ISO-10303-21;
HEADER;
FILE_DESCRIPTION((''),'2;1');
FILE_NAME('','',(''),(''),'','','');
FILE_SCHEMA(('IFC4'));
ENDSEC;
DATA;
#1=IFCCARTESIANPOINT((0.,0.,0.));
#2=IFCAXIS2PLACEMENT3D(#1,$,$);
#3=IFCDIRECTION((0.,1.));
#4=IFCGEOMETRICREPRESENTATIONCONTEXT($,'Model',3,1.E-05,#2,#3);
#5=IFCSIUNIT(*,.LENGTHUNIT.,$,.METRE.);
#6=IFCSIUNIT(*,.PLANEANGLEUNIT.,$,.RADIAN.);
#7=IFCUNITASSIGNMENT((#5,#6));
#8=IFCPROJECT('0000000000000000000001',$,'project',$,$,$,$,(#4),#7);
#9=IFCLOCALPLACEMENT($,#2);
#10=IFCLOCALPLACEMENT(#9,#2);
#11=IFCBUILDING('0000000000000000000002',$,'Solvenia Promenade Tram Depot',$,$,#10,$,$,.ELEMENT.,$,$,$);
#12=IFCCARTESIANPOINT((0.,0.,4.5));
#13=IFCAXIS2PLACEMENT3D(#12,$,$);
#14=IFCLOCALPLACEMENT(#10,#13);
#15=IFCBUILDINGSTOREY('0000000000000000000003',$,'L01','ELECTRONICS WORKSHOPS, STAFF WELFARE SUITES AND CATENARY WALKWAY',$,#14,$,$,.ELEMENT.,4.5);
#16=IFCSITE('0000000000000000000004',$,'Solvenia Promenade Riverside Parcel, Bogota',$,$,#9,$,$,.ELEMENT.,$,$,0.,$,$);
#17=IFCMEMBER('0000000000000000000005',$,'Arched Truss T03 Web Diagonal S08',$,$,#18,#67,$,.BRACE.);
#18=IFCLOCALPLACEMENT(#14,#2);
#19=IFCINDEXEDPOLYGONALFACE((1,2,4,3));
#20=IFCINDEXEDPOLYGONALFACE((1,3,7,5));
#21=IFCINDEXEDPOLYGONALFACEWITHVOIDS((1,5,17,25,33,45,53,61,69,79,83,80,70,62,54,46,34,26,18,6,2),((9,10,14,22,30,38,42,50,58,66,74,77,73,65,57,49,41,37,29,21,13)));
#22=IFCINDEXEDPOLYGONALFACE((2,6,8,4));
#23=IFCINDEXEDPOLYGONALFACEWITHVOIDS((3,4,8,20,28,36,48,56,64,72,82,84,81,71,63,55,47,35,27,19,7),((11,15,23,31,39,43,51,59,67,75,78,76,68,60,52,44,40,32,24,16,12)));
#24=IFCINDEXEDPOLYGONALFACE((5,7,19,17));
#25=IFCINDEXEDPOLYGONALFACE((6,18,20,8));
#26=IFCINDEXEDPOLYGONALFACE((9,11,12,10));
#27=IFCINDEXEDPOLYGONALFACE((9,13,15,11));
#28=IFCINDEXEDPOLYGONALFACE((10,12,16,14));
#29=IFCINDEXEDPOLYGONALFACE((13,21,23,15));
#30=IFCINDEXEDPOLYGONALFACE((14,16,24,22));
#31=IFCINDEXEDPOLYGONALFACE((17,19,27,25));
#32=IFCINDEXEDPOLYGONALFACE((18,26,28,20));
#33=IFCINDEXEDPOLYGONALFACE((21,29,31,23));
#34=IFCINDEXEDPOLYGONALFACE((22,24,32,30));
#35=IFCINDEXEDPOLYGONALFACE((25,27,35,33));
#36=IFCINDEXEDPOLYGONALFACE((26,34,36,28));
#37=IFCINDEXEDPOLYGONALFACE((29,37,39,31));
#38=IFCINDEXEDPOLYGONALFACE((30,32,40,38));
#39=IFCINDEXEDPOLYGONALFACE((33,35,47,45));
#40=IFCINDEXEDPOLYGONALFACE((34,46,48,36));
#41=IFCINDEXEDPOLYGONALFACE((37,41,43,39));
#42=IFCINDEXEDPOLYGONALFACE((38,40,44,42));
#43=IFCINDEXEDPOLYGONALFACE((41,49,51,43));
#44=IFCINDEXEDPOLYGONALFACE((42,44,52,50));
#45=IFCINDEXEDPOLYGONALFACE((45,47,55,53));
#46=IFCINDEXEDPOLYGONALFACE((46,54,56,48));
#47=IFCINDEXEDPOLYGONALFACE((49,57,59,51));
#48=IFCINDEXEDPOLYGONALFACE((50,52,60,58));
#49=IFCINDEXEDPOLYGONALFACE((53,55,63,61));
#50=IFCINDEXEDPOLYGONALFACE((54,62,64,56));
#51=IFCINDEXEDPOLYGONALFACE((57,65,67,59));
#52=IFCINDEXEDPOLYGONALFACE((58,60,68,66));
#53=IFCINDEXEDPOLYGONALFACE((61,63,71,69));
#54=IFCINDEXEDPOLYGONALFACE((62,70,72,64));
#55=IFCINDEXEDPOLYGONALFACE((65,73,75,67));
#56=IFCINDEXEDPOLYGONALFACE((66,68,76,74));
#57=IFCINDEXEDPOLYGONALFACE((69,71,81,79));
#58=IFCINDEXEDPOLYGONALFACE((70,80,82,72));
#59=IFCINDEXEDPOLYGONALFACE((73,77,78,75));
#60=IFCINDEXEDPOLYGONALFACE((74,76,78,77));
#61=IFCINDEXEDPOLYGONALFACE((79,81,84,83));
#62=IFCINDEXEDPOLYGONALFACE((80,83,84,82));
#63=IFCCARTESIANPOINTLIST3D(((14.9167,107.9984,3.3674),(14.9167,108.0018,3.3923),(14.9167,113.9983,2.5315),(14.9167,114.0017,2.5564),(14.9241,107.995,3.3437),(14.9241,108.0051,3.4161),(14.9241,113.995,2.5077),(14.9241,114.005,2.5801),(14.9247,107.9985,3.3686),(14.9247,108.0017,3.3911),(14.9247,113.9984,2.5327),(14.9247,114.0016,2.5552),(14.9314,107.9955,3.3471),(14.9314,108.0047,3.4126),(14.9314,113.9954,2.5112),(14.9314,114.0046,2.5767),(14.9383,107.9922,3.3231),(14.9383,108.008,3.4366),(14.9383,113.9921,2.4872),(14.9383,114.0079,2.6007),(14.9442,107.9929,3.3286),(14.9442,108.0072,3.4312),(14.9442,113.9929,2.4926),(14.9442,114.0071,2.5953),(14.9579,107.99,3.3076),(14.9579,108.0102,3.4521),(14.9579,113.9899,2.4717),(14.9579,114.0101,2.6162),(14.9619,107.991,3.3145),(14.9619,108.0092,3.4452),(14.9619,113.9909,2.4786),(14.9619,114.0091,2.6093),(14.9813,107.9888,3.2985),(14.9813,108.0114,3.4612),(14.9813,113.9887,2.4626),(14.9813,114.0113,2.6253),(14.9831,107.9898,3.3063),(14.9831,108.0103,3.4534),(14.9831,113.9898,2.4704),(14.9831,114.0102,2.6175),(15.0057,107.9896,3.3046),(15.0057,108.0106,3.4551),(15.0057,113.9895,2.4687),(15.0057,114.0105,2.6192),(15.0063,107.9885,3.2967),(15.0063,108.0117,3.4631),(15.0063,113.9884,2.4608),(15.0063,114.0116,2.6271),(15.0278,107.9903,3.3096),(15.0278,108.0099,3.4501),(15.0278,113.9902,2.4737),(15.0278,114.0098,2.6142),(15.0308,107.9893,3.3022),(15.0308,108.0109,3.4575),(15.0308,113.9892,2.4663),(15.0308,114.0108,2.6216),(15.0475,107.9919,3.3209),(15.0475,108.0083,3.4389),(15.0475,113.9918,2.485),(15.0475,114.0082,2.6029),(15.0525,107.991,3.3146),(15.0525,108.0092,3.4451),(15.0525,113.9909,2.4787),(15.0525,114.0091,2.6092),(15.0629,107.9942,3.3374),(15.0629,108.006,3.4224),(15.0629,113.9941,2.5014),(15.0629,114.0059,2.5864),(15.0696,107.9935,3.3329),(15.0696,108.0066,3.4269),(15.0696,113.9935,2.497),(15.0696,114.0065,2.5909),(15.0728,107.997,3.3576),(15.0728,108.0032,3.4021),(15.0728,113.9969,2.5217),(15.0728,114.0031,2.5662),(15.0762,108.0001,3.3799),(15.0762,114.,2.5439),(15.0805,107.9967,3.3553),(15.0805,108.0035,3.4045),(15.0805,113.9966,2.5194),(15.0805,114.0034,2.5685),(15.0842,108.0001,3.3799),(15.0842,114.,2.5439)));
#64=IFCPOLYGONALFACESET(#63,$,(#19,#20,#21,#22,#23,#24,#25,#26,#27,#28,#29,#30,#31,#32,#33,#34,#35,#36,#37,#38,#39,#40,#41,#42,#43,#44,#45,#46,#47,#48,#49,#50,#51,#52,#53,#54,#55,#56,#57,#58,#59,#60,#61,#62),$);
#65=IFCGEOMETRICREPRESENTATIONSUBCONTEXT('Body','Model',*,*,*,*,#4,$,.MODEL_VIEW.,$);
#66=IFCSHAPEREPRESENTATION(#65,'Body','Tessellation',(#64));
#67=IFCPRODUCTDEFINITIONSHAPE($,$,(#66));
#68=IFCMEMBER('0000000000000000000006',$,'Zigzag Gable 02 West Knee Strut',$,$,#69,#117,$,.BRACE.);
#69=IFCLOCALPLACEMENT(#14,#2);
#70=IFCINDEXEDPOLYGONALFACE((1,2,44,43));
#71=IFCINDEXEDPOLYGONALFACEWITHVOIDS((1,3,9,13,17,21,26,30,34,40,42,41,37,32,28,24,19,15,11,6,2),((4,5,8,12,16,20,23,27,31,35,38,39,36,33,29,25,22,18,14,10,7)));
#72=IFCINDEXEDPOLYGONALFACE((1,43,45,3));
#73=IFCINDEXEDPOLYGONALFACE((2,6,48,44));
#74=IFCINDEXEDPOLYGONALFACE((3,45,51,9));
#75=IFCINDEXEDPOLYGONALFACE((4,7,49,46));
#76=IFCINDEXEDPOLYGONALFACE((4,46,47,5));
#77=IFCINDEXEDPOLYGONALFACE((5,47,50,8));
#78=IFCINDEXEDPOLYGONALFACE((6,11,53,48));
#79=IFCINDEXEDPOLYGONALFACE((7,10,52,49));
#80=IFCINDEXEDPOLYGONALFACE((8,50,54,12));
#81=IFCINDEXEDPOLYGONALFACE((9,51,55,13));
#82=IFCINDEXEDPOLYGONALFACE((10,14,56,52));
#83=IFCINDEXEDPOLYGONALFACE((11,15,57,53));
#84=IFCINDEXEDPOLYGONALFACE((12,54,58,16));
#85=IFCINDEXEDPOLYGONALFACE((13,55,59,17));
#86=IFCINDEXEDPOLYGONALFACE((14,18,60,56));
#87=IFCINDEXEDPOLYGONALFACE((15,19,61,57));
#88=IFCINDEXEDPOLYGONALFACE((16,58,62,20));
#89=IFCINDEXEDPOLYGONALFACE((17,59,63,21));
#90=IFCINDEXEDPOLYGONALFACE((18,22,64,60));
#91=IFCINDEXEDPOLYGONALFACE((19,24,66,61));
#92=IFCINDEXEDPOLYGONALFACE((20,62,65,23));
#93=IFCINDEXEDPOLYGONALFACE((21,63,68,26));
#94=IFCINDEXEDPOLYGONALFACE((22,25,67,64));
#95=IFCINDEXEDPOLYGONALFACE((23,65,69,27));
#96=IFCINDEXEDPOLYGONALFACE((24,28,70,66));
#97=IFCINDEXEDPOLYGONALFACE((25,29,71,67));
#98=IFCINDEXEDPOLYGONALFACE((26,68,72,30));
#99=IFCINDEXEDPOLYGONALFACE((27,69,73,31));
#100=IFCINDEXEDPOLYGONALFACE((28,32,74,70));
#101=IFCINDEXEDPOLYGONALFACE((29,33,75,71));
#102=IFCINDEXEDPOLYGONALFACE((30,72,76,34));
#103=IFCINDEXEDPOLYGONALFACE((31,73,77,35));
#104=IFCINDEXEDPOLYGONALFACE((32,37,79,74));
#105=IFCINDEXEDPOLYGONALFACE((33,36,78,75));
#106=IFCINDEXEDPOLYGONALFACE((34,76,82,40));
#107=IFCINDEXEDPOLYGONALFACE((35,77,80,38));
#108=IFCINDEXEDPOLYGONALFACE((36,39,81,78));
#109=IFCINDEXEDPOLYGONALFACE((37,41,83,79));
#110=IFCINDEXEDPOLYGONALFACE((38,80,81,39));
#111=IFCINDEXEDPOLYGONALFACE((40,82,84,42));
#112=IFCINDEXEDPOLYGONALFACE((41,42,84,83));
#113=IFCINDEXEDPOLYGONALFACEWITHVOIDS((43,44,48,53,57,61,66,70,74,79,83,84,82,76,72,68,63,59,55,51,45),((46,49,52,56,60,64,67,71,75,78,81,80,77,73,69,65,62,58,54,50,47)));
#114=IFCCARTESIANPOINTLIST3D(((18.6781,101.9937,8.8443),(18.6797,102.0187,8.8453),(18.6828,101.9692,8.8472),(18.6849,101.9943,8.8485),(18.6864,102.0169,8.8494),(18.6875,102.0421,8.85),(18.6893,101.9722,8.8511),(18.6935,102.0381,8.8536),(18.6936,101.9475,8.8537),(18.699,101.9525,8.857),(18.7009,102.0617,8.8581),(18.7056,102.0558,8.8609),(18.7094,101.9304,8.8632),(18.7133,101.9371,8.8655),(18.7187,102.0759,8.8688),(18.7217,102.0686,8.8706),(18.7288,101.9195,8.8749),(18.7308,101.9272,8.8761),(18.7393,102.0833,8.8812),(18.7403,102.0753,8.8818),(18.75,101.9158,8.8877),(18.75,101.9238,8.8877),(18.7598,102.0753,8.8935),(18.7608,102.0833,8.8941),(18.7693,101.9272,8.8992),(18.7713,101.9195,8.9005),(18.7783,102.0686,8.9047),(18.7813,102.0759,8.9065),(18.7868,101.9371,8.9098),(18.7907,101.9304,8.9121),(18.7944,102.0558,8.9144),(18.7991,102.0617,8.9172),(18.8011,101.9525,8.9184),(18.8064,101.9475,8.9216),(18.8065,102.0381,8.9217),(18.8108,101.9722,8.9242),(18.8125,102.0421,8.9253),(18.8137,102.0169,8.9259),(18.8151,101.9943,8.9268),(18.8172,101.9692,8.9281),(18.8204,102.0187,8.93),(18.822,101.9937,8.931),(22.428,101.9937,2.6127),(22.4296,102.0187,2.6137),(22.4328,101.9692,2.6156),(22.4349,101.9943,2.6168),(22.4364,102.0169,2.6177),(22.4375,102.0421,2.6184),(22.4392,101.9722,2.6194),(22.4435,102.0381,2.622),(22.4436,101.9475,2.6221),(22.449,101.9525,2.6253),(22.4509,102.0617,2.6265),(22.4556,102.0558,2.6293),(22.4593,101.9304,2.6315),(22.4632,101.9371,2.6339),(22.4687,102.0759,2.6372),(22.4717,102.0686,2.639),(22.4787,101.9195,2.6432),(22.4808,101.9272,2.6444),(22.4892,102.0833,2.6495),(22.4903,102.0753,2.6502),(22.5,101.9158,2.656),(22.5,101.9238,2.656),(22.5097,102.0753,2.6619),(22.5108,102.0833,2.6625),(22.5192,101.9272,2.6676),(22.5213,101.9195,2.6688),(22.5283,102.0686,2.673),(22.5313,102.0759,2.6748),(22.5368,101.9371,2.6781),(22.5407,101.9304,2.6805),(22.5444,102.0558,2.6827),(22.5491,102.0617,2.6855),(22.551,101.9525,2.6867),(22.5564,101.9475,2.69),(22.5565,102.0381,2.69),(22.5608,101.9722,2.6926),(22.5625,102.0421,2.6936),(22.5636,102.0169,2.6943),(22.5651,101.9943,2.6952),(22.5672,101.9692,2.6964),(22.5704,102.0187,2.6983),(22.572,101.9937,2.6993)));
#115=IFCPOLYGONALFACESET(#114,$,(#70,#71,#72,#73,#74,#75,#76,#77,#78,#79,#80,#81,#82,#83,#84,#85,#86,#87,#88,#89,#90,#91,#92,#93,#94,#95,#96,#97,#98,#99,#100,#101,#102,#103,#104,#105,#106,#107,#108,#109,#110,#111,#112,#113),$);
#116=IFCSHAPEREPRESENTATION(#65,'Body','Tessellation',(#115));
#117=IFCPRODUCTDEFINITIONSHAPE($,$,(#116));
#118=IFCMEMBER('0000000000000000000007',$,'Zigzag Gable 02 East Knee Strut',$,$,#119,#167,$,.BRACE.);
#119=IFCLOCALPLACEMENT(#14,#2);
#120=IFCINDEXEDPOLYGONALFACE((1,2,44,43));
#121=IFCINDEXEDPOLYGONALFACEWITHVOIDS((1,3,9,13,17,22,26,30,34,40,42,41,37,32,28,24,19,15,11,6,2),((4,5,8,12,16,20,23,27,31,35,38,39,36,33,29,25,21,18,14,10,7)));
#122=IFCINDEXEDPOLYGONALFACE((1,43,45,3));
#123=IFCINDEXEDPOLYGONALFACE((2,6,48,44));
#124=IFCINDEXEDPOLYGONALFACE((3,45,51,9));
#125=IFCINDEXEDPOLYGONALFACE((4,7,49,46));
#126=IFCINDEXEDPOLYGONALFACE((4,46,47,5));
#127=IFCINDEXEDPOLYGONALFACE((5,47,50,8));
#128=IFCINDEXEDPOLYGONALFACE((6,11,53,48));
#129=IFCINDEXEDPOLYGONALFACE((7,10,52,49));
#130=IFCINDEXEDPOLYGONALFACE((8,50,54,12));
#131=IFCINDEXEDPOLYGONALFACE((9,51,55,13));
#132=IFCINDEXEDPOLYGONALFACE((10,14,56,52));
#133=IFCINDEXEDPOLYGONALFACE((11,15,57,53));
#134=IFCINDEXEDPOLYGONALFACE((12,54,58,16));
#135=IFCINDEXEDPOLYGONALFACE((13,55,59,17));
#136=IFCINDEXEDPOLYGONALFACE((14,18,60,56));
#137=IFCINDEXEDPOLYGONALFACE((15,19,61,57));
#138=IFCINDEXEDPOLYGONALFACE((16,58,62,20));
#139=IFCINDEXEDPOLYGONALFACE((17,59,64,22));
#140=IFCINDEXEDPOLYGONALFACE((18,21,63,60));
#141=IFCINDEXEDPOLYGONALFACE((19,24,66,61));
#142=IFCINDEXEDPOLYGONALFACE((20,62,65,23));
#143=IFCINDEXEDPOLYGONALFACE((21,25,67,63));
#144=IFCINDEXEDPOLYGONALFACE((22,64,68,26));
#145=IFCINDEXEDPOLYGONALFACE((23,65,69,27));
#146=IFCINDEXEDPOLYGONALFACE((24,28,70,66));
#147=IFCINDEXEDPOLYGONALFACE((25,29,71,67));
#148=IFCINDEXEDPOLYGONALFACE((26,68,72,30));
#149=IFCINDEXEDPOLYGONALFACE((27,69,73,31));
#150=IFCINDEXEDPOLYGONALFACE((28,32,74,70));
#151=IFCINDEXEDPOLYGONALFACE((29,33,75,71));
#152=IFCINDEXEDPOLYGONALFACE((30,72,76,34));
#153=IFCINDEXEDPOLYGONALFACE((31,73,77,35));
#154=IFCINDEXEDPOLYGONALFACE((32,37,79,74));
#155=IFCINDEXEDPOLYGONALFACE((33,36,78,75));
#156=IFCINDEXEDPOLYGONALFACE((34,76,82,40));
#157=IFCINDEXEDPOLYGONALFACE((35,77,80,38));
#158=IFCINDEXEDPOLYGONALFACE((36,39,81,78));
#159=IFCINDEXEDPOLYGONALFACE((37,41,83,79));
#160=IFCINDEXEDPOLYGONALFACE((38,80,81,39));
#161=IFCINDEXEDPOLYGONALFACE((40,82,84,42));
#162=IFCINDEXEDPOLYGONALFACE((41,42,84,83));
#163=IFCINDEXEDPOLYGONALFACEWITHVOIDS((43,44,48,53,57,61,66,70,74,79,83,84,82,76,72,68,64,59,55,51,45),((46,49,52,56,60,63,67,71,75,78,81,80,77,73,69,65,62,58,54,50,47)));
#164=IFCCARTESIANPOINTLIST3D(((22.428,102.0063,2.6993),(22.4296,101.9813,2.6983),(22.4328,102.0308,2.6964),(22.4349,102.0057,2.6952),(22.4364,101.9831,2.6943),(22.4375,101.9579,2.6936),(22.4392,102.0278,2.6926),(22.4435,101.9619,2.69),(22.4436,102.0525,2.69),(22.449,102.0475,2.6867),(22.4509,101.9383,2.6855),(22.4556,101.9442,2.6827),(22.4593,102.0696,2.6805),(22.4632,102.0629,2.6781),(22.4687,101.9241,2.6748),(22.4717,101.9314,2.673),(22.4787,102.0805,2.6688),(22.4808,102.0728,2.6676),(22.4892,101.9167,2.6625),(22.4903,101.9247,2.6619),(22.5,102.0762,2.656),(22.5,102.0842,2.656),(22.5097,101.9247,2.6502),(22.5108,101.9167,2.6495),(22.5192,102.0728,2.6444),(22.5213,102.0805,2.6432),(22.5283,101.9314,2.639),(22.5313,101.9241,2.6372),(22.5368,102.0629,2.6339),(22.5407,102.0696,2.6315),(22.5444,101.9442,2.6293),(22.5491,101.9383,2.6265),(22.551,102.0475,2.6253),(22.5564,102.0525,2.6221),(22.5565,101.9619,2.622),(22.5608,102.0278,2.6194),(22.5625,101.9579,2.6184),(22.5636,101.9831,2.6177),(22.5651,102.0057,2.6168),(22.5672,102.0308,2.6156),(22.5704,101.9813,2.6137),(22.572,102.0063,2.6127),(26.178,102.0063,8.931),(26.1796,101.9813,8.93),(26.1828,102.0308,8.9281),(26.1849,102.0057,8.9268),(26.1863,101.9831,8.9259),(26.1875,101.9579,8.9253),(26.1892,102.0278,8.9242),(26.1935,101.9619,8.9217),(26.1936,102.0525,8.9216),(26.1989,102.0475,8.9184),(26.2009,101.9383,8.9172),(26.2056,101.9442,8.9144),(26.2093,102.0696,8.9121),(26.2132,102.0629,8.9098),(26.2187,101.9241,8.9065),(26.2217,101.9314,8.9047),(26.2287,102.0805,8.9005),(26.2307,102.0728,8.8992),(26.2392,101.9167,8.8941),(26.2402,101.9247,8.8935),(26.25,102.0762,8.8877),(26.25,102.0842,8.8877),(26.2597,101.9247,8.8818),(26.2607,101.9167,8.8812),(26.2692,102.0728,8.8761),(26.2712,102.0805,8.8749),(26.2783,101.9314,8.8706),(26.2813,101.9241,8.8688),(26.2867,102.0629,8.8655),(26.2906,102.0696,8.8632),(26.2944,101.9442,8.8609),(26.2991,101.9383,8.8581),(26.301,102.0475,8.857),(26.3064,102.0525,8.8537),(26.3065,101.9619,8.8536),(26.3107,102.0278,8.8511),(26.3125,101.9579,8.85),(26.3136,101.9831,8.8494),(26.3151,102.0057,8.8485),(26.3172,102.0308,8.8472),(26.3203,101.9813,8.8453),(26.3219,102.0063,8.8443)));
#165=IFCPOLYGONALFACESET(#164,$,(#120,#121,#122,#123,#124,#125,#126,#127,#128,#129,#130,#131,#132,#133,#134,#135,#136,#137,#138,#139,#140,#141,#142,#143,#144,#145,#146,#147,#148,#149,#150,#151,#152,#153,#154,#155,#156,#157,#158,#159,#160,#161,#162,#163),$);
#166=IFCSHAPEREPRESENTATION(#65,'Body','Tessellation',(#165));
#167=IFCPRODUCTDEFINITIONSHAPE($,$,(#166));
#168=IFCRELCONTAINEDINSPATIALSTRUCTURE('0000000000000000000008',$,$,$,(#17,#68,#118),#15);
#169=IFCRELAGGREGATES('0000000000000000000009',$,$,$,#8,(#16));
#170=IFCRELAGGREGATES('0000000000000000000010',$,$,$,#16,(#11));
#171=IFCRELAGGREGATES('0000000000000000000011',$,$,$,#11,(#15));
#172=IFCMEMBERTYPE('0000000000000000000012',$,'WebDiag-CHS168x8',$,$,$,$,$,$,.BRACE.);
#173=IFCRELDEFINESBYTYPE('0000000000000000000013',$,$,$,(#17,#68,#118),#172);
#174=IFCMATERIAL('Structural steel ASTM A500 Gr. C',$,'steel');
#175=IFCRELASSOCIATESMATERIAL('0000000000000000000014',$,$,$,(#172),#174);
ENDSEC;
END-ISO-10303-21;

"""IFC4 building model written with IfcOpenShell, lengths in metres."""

from ifc_helpers import new_model, si_unit, direction, frame, origin, origin_2d, place, context, subcontext, project, spatial, hollow_circle, extrude, material, material_profile, profile_set, type_object, element, save


model = new_model("IFC4")

# Units and contexts
model_context = context("Model", 3, precision=1e-05, world=origin(), true_north=direction((0.0, 1.0)))
body_context = subcontext(model_context, "Body", "Model", "MODEL_VIEW")
ifc_project = project(units=[si_unit("LENGTHUNIT", "METRE"), si_unit("PLANEANGLEUNIT", "RADIAN")], contexts=[model_context])

# Site, building, storey
site_placement = place(None, origin())
site = spatial("IfcSite", under=ifc_project, at=site_placement, Name="Solvenia Promenade Riverside Parcel, Bogota", CompositionType="ELEMENT", RefElevation=0.0)
building_placement = place(site_placement, origin())
building = spatial("IfcBuilding", under=site, at=building_placement, Name="Solvenia Promenade Tram Depot", CompositionType="ELEMENT")
storey_placement = place(building_placement, frame((0.0, 0.0, 4.5)))
storey = spatial("IfcBuildingStorey", under=building, at=storey_placement, Name="L01", Description="ELECTRONICS WORKSHOPS, STAFF WELFARE SUITES AND CATENARY WALKWAY", CompositionType="ELEMENT", Elevation=4.5)

# Shared definitions
ifc_material_1 = material(Name="Structural steel ASTM A500 Gr. C", Category="steel")

# Members
ifc_material_profile_1 = material_profile(ifc_material_1, hollow_circle(Radius=0.0842, WallThickness=0.0081, at=origin_2d()), Name="CHS168.3x8", Category="steel")
ifc_profile_set_1 = profile_set([ifc_material_profile_1], Name="Structural steel ASTM A500 Gr. C")
member_type_1 = type_object("IfcMemberType", Name="WebDiag-CHS168x8", PredefinedType="BRACE", material=ifc_profile_set_1)
member_1_placement = place(storey_placement, frame((15.0, 114.0, 2.5439), z_axis=(0.0, -0.990434, 0.13799), x_axis=(1.0, 0.0, 0.0)))
element("IfcMember", 1, at=member_1_placement, inside=storey, type_object=member_type_1, Name="Arched Truss T03 Web Diagonal S08", PredefinedType="BRACE", context=body_context, shape_type="SweptSolid", body=[
    extrude(hollow_circle(Radius=0.0842, WallThickness=0.0081, at=origin_2d()), origin(), (0.0, 0.0, 1.0), 6.0579),
])
for number, where, z_axis, x_axis, name in (
    (2, (22.5, 102.0, 2.656), (-0.515606, 0.0, 0.856826), (0.0, -1.0, 0.0), "Zigzag Gable 02 West Knee Strut"),
    (3, (22.5, 102.0, 2.656), (0.515606, 0.0, 0.856826), (0.0, 1.0, 0.0), "Zigzag Gable 02 East Knee Strut"),
):
    element("IfcMember", number, at=place(storey_placement, frame(where, z_axis=z_axis, x_axis=x_axis)), inside=storey, type_object=member_type_1, Name=name, PredefinedType="BRACE", context=body_context, shape_type="SweptSolid", body=[
        extrude(hollow_circle(Radius=0.0842, WallThickness=0.0081, at=origin_2d()), origin(), (0.0, 0.0, 1.0), 7.2729),
    ])

save(model, "model.ifc")
